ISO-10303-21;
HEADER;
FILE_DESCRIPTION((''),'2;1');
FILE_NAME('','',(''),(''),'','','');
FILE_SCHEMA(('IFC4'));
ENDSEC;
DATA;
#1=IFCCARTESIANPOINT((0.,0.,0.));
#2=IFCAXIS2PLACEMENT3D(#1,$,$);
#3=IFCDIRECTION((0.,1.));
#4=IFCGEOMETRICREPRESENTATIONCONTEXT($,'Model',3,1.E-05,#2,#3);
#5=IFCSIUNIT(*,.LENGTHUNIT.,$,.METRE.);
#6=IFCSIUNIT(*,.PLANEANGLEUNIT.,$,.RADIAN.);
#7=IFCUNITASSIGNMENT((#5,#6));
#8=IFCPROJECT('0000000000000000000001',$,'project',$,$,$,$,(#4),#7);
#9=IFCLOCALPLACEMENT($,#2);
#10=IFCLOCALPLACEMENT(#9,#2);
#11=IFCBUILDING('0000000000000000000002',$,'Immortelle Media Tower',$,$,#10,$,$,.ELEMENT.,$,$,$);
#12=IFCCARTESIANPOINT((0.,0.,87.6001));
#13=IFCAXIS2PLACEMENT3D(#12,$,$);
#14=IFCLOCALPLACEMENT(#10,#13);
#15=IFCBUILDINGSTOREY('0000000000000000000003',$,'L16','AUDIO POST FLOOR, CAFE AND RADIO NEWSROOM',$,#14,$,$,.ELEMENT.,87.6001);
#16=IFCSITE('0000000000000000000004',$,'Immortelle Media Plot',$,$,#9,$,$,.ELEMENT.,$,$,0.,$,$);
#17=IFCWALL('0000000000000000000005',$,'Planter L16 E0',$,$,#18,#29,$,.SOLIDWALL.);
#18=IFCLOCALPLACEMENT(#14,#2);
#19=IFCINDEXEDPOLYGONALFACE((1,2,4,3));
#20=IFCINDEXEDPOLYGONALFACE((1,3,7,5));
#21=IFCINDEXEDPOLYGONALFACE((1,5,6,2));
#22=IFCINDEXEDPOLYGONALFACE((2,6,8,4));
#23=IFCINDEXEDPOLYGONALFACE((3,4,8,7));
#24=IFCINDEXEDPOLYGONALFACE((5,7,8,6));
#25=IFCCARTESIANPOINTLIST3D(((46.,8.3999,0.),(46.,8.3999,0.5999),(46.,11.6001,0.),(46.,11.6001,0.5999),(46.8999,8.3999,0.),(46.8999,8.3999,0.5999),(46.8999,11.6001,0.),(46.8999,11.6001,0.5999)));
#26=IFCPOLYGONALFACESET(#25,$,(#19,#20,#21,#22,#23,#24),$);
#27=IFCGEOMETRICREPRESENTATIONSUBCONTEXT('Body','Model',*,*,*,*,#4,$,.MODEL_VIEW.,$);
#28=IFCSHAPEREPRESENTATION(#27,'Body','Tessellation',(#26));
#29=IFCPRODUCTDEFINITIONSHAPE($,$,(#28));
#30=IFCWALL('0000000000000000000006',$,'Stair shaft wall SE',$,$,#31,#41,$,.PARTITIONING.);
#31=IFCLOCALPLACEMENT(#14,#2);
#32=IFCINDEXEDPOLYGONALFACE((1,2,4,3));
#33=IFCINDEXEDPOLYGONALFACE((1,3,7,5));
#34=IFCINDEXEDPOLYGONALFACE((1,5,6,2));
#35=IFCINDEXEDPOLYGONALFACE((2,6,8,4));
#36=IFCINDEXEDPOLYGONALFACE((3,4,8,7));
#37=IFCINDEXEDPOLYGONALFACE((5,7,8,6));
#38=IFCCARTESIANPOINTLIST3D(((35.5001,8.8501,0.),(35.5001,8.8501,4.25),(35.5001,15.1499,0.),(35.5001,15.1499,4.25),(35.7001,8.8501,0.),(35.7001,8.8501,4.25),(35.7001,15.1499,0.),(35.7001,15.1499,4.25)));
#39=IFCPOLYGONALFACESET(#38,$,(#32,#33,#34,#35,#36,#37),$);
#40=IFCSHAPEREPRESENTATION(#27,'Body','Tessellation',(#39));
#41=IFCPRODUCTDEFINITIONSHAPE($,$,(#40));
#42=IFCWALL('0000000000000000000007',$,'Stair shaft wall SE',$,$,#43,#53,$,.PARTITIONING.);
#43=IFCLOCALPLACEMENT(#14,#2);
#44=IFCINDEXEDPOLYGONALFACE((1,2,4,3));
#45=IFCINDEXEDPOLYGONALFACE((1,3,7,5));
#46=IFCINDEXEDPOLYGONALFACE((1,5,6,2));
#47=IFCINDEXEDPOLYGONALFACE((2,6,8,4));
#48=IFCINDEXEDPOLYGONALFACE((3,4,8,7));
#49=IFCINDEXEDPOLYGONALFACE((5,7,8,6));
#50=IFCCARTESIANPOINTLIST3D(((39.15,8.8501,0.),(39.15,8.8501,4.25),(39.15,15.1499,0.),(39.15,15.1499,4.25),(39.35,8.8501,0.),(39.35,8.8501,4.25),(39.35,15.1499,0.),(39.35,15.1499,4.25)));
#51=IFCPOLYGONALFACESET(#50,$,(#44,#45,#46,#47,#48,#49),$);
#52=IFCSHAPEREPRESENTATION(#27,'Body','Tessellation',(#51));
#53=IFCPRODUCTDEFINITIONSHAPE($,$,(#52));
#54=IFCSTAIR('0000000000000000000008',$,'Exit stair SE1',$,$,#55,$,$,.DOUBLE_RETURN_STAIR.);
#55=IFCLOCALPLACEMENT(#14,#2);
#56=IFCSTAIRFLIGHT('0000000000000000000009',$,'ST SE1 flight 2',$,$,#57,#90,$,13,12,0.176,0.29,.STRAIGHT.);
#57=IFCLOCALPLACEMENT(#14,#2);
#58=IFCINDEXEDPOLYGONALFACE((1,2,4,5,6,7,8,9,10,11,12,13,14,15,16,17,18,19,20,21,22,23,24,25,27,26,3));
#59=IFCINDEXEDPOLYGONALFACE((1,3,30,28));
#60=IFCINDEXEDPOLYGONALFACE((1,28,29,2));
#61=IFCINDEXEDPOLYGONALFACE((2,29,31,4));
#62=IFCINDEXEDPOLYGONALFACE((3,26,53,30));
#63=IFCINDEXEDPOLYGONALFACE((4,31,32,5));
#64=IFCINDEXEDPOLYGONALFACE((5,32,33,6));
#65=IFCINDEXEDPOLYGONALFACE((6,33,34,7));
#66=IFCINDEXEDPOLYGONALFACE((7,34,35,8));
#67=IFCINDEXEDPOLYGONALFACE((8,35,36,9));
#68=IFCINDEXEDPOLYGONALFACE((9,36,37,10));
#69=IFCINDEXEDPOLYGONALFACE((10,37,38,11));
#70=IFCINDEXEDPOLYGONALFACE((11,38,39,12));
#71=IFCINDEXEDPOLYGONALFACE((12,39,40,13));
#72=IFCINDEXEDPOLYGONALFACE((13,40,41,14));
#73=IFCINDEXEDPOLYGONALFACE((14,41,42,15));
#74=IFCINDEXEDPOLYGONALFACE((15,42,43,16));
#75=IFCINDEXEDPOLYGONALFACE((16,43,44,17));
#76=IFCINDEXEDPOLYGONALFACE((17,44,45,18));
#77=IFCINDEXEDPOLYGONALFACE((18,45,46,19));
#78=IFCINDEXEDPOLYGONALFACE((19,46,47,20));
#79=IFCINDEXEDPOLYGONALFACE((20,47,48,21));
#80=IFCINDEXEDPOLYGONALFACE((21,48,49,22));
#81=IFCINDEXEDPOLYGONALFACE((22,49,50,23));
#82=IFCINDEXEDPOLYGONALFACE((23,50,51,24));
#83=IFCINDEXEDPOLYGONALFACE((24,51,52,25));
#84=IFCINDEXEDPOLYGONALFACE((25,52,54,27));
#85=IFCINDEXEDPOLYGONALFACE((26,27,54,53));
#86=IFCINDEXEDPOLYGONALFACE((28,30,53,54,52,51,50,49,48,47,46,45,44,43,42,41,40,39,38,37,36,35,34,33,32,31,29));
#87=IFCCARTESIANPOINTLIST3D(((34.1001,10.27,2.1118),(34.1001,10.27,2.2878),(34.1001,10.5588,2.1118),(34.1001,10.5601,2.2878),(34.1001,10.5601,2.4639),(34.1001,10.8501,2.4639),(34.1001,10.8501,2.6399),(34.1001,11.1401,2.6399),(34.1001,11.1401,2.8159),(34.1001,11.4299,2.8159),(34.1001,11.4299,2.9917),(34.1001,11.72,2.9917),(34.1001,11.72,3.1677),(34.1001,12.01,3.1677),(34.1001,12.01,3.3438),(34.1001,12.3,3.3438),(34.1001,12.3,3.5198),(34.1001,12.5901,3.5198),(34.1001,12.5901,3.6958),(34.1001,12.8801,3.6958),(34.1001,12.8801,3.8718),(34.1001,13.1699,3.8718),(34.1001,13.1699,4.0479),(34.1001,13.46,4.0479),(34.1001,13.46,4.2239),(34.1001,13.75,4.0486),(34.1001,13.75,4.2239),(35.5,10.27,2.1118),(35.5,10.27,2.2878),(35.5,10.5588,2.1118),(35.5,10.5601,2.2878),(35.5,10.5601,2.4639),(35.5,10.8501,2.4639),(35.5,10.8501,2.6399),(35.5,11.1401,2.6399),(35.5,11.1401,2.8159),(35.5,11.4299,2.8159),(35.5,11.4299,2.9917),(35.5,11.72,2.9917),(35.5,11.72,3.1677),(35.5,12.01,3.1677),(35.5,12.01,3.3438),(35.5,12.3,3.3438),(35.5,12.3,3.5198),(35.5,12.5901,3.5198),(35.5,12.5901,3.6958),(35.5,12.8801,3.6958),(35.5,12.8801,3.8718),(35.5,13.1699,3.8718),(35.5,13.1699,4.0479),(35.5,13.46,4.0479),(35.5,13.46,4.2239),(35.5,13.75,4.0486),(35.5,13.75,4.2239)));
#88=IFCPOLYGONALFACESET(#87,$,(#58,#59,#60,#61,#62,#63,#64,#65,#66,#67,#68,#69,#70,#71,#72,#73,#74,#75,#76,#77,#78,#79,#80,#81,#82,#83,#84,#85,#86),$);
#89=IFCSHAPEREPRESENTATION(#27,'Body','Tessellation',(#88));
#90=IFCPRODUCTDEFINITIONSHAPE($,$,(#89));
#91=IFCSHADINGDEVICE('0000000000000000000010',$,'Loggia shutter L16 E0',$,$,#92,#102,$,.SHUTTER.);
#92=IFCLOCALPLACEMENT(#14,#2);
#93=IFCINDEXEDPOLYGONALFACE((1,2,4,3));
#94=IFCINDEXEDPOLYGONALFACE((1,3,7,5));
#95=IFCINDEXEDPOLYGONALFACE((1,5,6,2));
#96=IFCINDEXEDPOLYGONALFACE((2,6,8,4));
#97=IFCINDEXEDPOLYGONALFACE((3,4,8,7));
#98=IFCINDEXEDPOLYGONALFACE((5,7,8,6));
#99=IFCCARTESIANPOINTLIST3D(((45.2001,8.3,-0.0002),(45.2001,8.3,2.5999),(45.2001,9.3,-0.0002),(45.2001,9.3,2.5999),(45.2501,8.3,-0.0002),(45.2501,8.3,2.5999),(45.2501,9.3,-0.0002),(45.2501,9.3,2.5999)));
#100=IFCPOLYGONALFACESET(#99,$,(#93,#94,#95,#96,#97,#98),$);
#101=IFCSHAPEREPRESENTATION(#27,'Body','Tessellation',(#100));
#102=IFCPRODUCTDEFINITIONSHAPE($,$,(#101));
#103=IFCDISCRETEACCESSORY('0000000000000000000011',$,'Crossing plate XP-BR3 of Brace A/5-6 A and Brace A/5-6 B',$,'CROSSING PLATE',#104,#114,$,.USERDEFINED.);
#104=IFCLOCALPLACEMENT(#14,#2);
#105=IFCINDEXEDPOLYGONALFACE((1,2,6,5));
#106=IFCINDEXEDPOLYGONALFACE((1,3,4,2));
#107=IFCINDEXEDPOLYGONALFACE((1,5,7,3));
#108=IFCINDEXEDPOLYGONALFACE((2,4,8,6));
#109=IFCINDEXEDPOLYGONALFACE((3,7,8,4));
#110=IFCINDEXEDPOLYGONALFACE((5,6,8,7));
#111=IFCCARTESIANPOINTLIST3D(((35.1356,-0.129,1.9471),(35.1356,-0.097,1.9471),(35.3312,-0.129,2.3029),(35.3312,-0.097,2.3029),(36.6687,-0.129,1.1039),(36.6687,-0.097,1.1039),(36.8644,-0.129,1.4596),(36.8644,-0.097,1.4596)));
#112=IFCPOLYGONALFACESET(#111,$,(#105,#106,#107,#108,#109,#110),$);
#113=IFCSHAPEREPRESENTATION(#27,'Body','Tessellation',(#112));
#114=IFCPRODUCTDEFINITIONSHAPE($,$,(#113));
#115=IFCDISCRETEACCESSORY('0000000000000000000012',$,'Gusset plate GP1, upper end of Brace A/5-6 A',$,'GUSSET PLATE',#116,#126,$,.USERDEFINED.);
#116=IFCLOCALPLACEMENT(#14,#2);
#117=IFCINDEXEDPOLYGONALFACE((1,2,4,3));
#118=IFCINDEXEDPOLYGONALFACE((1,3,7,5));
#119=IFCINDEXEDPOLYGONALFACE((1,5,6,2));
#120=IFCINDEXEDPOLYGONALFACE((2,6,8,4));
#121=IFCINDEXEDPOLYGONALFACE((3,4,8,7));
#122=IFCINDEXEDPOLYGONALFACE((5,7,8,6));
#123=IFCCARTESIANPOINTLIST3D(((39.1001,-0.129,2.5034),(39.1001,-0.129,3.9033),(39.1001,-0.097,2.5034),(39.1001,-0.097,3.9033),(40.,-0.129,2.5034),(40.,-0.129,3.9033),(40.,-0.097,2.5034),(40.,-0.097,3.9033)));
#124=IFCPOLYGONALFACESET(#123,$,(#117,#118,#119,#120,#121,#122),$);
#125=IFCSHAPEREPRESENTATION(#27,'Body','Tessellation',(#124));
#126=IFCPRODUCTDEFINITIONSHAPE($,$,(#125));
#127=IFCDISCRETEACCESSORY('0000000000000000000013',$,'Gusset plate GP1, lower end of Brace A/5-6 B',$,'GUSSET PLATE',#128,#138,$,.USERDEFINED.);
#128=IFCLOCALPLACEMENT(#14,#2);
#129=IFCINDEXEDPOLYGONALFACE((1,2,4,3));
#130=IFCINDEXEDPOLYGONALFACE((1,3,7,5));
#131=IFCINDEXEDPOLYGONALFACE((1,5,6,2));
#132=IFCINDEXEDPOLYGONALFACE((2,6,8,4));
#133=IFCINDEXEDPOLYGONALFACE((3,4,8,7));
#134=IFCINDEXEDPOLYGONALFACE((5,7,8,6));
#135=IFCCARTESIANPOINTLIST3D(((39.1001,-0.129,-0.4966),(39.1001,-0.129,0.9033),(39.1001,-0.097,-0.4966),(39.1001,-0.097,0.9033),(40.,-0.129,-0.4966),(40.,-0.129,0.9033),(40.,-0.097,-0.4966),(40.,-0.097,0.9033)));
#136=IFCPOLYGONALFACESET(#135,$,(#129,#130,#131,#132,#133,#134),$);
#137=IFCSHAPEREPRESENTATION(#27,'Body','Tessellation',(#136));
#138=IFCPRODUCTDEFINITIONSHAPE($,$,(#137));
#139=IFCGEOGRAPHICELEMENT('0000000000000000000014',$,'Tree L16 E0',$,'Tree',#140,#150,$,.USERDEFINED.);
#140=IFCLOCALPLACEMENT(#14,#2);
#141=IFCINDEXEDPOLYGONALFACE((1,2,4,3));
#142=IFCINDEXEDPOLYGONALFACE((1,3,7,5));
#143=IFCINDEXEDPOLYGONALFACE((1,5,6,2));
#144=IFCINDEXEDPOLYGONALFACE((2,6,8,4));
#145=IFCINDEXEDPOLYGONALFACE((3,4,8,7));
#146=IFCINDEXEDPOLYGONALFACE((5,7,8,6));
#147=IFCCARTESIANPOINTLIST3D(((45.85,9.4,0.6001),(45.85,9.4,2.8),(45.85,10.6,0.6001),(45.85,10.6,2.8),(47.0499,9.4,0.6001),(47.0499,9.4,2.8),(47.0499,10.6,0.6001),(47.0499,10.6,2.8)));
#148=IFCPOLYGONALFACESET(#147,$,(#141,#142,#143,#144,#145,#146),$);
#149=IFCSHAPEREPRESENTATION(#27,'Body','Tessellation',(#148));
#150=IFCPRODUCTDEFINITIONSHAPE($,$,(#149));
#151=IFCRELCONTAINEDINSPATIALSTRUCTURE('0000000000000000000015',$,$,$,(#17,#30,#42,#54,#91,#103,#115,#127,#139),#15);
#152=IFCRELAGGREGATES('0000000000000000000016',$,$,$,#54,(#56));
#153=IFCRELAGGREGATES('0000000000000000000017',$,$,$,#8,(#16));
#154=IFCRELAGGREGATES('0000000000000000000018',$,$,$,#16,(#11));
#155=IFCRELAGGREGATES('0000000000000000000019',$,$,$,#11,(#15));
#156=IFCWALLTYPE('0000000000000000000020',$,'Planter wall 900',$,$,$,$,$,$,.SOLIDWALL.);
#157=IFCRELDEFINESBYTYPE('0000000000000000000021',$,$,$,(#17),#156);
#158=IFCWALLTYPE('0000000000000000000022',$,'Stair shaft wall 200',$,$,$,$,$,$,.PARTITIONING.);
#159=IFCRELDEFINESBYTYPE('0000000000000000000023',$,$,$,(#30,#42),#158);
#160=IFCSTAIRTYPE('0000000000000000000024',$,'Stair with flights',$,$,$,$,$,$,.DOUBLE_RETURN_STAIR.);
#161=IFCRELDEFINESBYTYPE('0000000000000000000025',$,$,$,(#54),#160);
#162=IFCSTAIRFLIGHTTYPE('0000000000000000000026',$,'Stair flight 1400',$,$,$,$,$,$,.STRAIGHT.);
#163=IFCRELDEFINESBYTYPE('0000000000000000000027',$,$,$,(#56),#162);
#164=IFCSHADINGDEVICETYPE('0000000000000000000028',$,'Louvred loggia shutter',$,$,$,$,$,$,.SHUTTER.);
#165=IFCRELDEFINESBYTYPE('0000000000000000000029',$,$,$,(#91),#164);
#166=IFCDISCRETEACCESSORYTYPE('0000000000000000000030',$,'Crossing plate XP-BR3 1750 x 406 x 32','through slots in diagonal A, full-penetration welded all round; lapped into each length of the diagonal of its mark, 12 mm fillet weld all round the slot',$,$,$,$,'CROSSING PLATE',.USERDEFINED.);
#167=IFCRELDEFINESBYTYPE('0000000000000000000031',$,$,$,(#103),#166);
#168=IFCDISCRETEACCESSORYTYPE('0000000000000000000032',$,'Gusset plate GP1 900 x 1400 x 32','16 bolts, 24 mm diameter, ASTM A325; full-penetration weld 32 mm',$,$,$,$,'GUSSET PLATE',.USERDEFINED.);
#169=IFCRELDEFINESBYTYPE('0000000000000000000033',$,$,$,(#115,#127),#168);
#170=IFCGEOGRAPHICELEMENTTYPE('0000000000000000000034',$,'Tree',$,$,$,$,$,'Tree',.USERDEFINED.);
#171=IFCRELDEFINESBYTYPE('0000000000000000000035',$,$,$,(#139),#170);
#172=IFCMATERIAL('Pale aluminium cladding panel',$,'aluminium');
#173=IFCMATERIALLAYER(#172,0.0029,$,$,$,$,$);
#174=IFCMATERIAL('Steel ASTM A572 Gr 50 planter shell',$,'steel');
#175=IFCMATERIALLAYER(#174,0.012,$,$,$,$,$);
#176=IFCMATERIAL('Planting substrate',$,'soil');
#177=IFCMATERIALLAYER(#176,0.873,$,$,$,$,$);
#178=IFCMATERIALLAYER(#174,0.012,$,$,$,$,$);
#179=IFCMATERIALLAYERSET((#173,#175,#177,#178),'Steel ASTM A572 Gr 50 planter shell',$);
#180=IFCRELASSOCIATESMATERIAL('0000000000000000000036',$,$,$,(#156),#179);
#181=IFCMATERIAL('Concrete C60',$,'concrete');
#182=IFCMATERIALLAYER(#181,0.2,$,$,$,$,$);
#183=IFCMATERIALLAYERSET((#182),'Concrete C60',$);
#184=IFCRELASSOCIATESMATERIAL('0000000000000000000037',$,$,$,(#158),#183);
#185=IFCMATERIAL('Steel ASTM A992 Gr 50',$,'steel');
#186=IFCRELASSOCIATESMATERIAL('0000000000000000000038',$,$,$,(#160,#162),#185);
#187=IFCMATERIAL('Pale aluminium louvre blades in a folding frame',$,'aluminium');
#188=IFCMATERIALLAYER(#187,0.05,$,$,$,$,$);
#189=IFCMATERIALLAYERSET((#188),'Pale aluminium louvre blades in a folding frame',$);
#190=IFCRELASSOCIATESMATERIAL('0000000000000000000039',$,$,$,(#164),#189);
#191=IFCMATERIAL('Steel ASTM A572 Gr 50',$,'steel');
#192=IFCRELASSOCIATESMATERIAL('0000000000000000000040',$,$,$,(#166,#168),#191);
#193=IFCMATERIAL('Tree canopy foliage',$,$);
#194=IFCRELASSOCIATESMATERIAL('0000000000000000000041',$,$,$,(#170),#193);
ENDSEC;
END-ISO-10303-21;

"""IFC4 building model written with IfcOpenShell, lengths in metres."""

from ifc_helpers import new_model, si_unit, direction, frame, frame_2d, origin, origin_2d, place, context, subcontext, project, spatial, polyline, rectangle, outline, extrude, material, layer, layer_set, material_profile, profile_set, type_object, element, aggregate, save


model = new_model("IFC4")

# Units and contexts
model_context = context("Model", 3, precision=1e-05, world=origin(), true_north=direction((0.0, 1.0)))
body_context = subcontext(model_context, "Body", "Model", "MODEL_VIEW")
ifc_project = project(units=[si_unit("LENGTHUNIT", "METRE"), si_unit("PLANEANGLEUNIT", "RADIAN")], contexts=[model_context])

# Site, building, storey
site_placement = place(None, origin())
site = spatial("IfcSite", under=ifc_project, at=site_placement, Name="Immortelle Media Plot", CompositionType="ELEMENT", RefElevation=0.0)
building_placement = place(site_placement, origin())
building = spatial("IfcBuilding", under=site, at=building_placement, Name="Immortelle Media Tower", CompositionType="ELEMENT")
storey_placement = place(building_placement, frame((0.0, 0.0, 87.6001)))
storey = spatial("IfcBuildingStorey", under=building, at=storey_placement, Name="L16", Description="AUDIO POST FLOOR, CAFE AND RADIO NEWSROOM", CompositionType="ELEMENT", Elevation=87.6001)

# Shared definitions
ifc_material_1 = material(Name="Steel ASTM A992 Gr 50", Category="steel")

# Shared definitions
ifc_material_2 = material(Name="Pale aluminium cladding panel", Category="aluminium")

# Walls
ifc_layer_1 = layer(ifc_material_2, 0.0029)
ifc_material_3 = material(Name="Steel ASTM A572 Gr 50 planter shell", Category="steel")
ifc_layer_2 = layer(ifc_material_3, 0.012)
ifc_material_4 = material(Name="Planting substrate", Category="soil")
ifc_layer_3 = layer(ifc_material_4, 0.873)
ifc_layer_4 = layer(ifc_material_3, 0.012)
ifc_layer_set_1 = layer_set([ifc_layer_1, ifc_layer_2, ifc_layer_3, ifc_layer_4], Name="Steel ASTM A572 Gr 50 planter shell")
wall_type_1 = type_object("IfcWallType", Name="Planter wall 900", PredefinedType="SOLIDWALL", material=ifc_layer_set_1)
wall_1_placement = place(storey_placement, frame((46.45, 8.3999, 0.0), z_axis=(0.0, 0.0, 1.0), x_axis=(0.0, 1.0, 0.0)))
element("IfcWall", 1, at=wall_1_placement, inside=storey, type_object=wall_type_1, Name="Planter L16 E0", PredefinedType="SOLIDWALL", context=body_context, shape_type="SweptSolid", body=[
    extrude(rectangle(XDim=3.2002, YDim=0.8999, at=frame_2d((1.6001, 0.0))), origin(), (0.0, 0.0, 1.0), 0.5999),
])
ifc_material_5 = material(Name="Concrete C60", Category="concrete")
ifc_layer_5 = layer(ifc_material_5, 0.2)
ifc_layer_set_2 = layer_set([ifc_layer_5], Name="Concrete C60")
wall_type_2 = type_object("IfcWallType", Name="Stair shaft wall 200", PredefinedType="PARTITIONING", material=ifc_layer_set_2)
for number, where, z_axis, x_axis, name in (
    (2, (35.6001, 8.8501, 0.0), (0.0, 0.0, 1.0), (0.0, 1.0, 0.0), "Stair shaft wall SE"),
    (3, (39.25, 8.8501, 0.0), (0.0, 0.0, 1.0), (0.0, 1.0, 0.0), "Stair shaft wall SE"),
):
    element("IfcWall", number, at=place(storey_placement, frame(where, z_axis=z_axis, x_axis=x_axis)), inside=storey, type_object=wall_type_2, Name=name, PredefinedType="PARTITIONING", context=body_context, shape_type="SweptSolid", body=[
        extrude(rectangle(XDim=6.2998, YDim=0.2, at=frame_2d((3.1499, 0.0))), origin(), (0.0, 0.0, 1.0), 4.25),
    ])

# Stair, stair flight
stair_type = type_object("IfcStairType", Name="Stair with flights", PredefinedType="DOUBLE_RETURN_STAIR", material=ifc_material_1)
stair_placement = place(storey_placement, origin())
stair = element("IfcStair", 4, at=stair_placement, inside=storey, type_object=stair_type, Name="Exit stair SE1", PredefinedType="DOUBLE_RETURN_STAIR")
stair_flight_type = type_object("IfcStairFlightType", Name="Stair flight 1400", PredefinedType="STRAIGHT", material=ifc_material_1)
stair_flight_placement = place(storey_placement, frame((34.8, 10.27, 2.1118), z_axis=(0.0, 0.0, 1.0), x_axis=(0.0, 1.0, 0.0)))
stair_flight = element("IfcStairFlight", 5, at=stair_flight_placement, type_object=stair_flight_type, Name="ST SE1 flight 2", NumberOfRisers=13, NumberOfTreads=12, PredefinedType="STRAIGHT", RiserHeight=0.176, TreadLength=0.29, context=body_context, shape_type="SweptSolid", body=[
    extrude(outline(polyline([(0.0, 0.0), (0.0, 0.176), (0.29, 0.176), (0.29, 0.3521), (0.5801, 0.3521), (0.5801, 0.5281), (0.8701, 0.5281), (0.8701, 0.7041), (1.1599, 0.7041), (1.1599, 0.8799), (1.45, 0.8799), (1.45, 1.0559), (1.74, 1.0559), (1.74, 1.2319), (2.03, 1.2319), (2.03, 1.408), (2.3201, 1.408), (2.3201, 1.584), (2.6101, 1.584), (2.6101, 1.76), (2.8999, 1.76), (2.8999, 1.936), (3.1899, 1.936), (3.1899, 2.1121), (3.48, 2.1121), (3.48, 2.2881), (3.48, 1.9368), (0.2888, 0.0), (0.0, 0.0)])), frame((0.0, 0.7, 0.0), z_axis=(0.0, -1.0, 0.0), x_axis=(1.0, 0.0, 0.0)), (0.0, 0.0, 1.0), 1.3999),
])
aggregate(stair, [stair_flight])

# Shading device
ifc_material_6 = material(Name="Pale aluminium louvre blades in a folding frame", Category="aluminium")
ifc_layer_6 = layer(ifc_material_6, 0.05)
ifc_layer_set_3 = layer_set([ifc_layer_6], Name="Pale aluminium louvre blades in a folding frame")
shading_device_type = type_object("IfcShadingDeviceType", Name="Louvred loggia shutter", PredefinedType="SHUTTER", material=ifc_layer_set_3)
shading_device_placement = place(storey_placement, frame((45.2251, 8.8, -0.0002), z_axis=(0.0, 0.0, 1.0), x_axis=(0.0, 1.0, 0.0)))
element("IfcShadingDevice", 6, at=shading_device_placement, inside=storey, type_object=shading_device_type, Name="Loggia shutter L16 E0", PredefinedType="SHUTTER", context=body_context, shape_type="SweptSolid", body=[
    extrude(rectangle(XDim=1.0, YDim=0.05, at=origin_2d()), origin(), (0.0, 0.0, 1.0), 2.6001),
])

# Discrete accessories
ifc_material_7 = material(Name="Steel ASTM A572 Gr 50", Category="steel")
ifc_material_profile_1 = material_profile(ifc_material_7, rectangle(XDim=0.032, YDim=0.406, at=origin_2d()), Name="PL 32 x 406")
ifc_profile_set_1 = profile_set([ifc_material_profile_1], Name="Steel ASTM A572 Gr 50")
discrete_accessory_type_1 = type_object("IfcDiscreteAccessoryType", Name="Crossing plate XP-BR3 1750 x 406 x 32", Description="through slots in diagonal A, full-penetration welded all round; lapped into each length of the diagonal of its mark, 12 mm fillet weld all round the slot", ElementType="CROSSING PLATE", PredefinedType="USERDEFINED", material=ifc_profile_set_1)
discrete_accessory_placement = place(storey_placement, frame((35.2334, -0.113, 2.125), z_axis=(0.876216, 0.0, -0.481919), x_axis=(0.0, 1.0, 0.0)))
element("IfcDiscreteAccessory", 7, at=discrete_accessory_placement, inside=storey, type_object=discrete_accessory_type_1, Name="Crossing plate XP-BR3 of Brace A/5-6 A and Brace A/5-6 B", ObjectType="CROSSING PLATE", PredefinedType="USERDEFINED", context=body_context, shape_type="SweptSolid", body=[
    extrude(rectangle(XDim=0.032, YDim=0.406, at=origin_2d()), origin(), (0.0, 0.0, 1.0), 1.7498),
])
ifc_material_profile_2 = material_profile(ifc_material_7, rectangle(XDim=0.032, YDim=1.3999, at=origin_2d()), Name="PL 32 x 1400")
ifc_profile_set_2 = profile_set([ifc_material_profile_2], Name="Steel ASTM A572 Gr 50")
discrete_accessory_type_2 = type_object("IfcDiscreteAccessoryType", Name="Gusset plate GP1 900 x 1400 x 32", Description="16 bolts, 24 mm diameter, ASTM A325; full-penetration weld 32 mm", ElementType="GUSSET PLATE", PredefinedType="USERDEFINED", material=ifc_profile_set_2)
for number, where, z_axis, x_axis, name in (
    (8, (40.0, -0.113, 3.2034), (-1.0, 0.0, 0.0), (0.0, -1.0, 0.0), "Gusset plate GP1, upper end of Brace A/5-6 A"),
    (9, (40.0, -0.113, 0.2034), (-1.0, 0.0, 0.0), (0.0, -1.0, 0.0), "Gusset plate GP1, lower end of Brace A/5-6 B"),
):
    element("IfcDiscreteAccessory", number, at=place(storey_placement, frame(where, z_axis=z_axis, x_axis=x_axis)), inside=storey, type_object=discrete_accessory_type_2, Name=name, ObjectType="GUSSET PLATE", PredefinedType="USERDEFINED", context=body_context, shape_type="SweptSolid", body=[
        extrude(rectangle(XDim=0.032, YDim=1.3999, at=origin_2d()), origin(), (0.0, 0.0, 1.0), 0.8999),
    ])

# Geographic element
ifc_material_8 = material(Name="Tree canopy foliage")
geographic_element_type = type_object("IfcGeographicElementType", Name="Tree", ElementType="Tree", PredefinedType="USERDEFINED", material=ifc_material_8)
geographic_element_placement = place(storey_placement, frame((46.45, 10.0, 0.6001), z_axis=(0.0, 0.0, 1.0), x_axis=(1.0, 0.0, 0.0)))
element("IfcGeographicElement", 10, at=geographic_element_placement, inside=storey, type_object=geographic_element_type, Name="Tree L16 E0", ObjectType="Tree", PredefinedType="USERDEFINED", context=body_context, shape_type="SweptSolid", body=[
    extrude(rectangle(XDim=1.2, YDim=1.2, at=origin_2d()), origin(), (0.0, 0.0, 1.0), 2.2),
])

save(model, "model.ifc")
